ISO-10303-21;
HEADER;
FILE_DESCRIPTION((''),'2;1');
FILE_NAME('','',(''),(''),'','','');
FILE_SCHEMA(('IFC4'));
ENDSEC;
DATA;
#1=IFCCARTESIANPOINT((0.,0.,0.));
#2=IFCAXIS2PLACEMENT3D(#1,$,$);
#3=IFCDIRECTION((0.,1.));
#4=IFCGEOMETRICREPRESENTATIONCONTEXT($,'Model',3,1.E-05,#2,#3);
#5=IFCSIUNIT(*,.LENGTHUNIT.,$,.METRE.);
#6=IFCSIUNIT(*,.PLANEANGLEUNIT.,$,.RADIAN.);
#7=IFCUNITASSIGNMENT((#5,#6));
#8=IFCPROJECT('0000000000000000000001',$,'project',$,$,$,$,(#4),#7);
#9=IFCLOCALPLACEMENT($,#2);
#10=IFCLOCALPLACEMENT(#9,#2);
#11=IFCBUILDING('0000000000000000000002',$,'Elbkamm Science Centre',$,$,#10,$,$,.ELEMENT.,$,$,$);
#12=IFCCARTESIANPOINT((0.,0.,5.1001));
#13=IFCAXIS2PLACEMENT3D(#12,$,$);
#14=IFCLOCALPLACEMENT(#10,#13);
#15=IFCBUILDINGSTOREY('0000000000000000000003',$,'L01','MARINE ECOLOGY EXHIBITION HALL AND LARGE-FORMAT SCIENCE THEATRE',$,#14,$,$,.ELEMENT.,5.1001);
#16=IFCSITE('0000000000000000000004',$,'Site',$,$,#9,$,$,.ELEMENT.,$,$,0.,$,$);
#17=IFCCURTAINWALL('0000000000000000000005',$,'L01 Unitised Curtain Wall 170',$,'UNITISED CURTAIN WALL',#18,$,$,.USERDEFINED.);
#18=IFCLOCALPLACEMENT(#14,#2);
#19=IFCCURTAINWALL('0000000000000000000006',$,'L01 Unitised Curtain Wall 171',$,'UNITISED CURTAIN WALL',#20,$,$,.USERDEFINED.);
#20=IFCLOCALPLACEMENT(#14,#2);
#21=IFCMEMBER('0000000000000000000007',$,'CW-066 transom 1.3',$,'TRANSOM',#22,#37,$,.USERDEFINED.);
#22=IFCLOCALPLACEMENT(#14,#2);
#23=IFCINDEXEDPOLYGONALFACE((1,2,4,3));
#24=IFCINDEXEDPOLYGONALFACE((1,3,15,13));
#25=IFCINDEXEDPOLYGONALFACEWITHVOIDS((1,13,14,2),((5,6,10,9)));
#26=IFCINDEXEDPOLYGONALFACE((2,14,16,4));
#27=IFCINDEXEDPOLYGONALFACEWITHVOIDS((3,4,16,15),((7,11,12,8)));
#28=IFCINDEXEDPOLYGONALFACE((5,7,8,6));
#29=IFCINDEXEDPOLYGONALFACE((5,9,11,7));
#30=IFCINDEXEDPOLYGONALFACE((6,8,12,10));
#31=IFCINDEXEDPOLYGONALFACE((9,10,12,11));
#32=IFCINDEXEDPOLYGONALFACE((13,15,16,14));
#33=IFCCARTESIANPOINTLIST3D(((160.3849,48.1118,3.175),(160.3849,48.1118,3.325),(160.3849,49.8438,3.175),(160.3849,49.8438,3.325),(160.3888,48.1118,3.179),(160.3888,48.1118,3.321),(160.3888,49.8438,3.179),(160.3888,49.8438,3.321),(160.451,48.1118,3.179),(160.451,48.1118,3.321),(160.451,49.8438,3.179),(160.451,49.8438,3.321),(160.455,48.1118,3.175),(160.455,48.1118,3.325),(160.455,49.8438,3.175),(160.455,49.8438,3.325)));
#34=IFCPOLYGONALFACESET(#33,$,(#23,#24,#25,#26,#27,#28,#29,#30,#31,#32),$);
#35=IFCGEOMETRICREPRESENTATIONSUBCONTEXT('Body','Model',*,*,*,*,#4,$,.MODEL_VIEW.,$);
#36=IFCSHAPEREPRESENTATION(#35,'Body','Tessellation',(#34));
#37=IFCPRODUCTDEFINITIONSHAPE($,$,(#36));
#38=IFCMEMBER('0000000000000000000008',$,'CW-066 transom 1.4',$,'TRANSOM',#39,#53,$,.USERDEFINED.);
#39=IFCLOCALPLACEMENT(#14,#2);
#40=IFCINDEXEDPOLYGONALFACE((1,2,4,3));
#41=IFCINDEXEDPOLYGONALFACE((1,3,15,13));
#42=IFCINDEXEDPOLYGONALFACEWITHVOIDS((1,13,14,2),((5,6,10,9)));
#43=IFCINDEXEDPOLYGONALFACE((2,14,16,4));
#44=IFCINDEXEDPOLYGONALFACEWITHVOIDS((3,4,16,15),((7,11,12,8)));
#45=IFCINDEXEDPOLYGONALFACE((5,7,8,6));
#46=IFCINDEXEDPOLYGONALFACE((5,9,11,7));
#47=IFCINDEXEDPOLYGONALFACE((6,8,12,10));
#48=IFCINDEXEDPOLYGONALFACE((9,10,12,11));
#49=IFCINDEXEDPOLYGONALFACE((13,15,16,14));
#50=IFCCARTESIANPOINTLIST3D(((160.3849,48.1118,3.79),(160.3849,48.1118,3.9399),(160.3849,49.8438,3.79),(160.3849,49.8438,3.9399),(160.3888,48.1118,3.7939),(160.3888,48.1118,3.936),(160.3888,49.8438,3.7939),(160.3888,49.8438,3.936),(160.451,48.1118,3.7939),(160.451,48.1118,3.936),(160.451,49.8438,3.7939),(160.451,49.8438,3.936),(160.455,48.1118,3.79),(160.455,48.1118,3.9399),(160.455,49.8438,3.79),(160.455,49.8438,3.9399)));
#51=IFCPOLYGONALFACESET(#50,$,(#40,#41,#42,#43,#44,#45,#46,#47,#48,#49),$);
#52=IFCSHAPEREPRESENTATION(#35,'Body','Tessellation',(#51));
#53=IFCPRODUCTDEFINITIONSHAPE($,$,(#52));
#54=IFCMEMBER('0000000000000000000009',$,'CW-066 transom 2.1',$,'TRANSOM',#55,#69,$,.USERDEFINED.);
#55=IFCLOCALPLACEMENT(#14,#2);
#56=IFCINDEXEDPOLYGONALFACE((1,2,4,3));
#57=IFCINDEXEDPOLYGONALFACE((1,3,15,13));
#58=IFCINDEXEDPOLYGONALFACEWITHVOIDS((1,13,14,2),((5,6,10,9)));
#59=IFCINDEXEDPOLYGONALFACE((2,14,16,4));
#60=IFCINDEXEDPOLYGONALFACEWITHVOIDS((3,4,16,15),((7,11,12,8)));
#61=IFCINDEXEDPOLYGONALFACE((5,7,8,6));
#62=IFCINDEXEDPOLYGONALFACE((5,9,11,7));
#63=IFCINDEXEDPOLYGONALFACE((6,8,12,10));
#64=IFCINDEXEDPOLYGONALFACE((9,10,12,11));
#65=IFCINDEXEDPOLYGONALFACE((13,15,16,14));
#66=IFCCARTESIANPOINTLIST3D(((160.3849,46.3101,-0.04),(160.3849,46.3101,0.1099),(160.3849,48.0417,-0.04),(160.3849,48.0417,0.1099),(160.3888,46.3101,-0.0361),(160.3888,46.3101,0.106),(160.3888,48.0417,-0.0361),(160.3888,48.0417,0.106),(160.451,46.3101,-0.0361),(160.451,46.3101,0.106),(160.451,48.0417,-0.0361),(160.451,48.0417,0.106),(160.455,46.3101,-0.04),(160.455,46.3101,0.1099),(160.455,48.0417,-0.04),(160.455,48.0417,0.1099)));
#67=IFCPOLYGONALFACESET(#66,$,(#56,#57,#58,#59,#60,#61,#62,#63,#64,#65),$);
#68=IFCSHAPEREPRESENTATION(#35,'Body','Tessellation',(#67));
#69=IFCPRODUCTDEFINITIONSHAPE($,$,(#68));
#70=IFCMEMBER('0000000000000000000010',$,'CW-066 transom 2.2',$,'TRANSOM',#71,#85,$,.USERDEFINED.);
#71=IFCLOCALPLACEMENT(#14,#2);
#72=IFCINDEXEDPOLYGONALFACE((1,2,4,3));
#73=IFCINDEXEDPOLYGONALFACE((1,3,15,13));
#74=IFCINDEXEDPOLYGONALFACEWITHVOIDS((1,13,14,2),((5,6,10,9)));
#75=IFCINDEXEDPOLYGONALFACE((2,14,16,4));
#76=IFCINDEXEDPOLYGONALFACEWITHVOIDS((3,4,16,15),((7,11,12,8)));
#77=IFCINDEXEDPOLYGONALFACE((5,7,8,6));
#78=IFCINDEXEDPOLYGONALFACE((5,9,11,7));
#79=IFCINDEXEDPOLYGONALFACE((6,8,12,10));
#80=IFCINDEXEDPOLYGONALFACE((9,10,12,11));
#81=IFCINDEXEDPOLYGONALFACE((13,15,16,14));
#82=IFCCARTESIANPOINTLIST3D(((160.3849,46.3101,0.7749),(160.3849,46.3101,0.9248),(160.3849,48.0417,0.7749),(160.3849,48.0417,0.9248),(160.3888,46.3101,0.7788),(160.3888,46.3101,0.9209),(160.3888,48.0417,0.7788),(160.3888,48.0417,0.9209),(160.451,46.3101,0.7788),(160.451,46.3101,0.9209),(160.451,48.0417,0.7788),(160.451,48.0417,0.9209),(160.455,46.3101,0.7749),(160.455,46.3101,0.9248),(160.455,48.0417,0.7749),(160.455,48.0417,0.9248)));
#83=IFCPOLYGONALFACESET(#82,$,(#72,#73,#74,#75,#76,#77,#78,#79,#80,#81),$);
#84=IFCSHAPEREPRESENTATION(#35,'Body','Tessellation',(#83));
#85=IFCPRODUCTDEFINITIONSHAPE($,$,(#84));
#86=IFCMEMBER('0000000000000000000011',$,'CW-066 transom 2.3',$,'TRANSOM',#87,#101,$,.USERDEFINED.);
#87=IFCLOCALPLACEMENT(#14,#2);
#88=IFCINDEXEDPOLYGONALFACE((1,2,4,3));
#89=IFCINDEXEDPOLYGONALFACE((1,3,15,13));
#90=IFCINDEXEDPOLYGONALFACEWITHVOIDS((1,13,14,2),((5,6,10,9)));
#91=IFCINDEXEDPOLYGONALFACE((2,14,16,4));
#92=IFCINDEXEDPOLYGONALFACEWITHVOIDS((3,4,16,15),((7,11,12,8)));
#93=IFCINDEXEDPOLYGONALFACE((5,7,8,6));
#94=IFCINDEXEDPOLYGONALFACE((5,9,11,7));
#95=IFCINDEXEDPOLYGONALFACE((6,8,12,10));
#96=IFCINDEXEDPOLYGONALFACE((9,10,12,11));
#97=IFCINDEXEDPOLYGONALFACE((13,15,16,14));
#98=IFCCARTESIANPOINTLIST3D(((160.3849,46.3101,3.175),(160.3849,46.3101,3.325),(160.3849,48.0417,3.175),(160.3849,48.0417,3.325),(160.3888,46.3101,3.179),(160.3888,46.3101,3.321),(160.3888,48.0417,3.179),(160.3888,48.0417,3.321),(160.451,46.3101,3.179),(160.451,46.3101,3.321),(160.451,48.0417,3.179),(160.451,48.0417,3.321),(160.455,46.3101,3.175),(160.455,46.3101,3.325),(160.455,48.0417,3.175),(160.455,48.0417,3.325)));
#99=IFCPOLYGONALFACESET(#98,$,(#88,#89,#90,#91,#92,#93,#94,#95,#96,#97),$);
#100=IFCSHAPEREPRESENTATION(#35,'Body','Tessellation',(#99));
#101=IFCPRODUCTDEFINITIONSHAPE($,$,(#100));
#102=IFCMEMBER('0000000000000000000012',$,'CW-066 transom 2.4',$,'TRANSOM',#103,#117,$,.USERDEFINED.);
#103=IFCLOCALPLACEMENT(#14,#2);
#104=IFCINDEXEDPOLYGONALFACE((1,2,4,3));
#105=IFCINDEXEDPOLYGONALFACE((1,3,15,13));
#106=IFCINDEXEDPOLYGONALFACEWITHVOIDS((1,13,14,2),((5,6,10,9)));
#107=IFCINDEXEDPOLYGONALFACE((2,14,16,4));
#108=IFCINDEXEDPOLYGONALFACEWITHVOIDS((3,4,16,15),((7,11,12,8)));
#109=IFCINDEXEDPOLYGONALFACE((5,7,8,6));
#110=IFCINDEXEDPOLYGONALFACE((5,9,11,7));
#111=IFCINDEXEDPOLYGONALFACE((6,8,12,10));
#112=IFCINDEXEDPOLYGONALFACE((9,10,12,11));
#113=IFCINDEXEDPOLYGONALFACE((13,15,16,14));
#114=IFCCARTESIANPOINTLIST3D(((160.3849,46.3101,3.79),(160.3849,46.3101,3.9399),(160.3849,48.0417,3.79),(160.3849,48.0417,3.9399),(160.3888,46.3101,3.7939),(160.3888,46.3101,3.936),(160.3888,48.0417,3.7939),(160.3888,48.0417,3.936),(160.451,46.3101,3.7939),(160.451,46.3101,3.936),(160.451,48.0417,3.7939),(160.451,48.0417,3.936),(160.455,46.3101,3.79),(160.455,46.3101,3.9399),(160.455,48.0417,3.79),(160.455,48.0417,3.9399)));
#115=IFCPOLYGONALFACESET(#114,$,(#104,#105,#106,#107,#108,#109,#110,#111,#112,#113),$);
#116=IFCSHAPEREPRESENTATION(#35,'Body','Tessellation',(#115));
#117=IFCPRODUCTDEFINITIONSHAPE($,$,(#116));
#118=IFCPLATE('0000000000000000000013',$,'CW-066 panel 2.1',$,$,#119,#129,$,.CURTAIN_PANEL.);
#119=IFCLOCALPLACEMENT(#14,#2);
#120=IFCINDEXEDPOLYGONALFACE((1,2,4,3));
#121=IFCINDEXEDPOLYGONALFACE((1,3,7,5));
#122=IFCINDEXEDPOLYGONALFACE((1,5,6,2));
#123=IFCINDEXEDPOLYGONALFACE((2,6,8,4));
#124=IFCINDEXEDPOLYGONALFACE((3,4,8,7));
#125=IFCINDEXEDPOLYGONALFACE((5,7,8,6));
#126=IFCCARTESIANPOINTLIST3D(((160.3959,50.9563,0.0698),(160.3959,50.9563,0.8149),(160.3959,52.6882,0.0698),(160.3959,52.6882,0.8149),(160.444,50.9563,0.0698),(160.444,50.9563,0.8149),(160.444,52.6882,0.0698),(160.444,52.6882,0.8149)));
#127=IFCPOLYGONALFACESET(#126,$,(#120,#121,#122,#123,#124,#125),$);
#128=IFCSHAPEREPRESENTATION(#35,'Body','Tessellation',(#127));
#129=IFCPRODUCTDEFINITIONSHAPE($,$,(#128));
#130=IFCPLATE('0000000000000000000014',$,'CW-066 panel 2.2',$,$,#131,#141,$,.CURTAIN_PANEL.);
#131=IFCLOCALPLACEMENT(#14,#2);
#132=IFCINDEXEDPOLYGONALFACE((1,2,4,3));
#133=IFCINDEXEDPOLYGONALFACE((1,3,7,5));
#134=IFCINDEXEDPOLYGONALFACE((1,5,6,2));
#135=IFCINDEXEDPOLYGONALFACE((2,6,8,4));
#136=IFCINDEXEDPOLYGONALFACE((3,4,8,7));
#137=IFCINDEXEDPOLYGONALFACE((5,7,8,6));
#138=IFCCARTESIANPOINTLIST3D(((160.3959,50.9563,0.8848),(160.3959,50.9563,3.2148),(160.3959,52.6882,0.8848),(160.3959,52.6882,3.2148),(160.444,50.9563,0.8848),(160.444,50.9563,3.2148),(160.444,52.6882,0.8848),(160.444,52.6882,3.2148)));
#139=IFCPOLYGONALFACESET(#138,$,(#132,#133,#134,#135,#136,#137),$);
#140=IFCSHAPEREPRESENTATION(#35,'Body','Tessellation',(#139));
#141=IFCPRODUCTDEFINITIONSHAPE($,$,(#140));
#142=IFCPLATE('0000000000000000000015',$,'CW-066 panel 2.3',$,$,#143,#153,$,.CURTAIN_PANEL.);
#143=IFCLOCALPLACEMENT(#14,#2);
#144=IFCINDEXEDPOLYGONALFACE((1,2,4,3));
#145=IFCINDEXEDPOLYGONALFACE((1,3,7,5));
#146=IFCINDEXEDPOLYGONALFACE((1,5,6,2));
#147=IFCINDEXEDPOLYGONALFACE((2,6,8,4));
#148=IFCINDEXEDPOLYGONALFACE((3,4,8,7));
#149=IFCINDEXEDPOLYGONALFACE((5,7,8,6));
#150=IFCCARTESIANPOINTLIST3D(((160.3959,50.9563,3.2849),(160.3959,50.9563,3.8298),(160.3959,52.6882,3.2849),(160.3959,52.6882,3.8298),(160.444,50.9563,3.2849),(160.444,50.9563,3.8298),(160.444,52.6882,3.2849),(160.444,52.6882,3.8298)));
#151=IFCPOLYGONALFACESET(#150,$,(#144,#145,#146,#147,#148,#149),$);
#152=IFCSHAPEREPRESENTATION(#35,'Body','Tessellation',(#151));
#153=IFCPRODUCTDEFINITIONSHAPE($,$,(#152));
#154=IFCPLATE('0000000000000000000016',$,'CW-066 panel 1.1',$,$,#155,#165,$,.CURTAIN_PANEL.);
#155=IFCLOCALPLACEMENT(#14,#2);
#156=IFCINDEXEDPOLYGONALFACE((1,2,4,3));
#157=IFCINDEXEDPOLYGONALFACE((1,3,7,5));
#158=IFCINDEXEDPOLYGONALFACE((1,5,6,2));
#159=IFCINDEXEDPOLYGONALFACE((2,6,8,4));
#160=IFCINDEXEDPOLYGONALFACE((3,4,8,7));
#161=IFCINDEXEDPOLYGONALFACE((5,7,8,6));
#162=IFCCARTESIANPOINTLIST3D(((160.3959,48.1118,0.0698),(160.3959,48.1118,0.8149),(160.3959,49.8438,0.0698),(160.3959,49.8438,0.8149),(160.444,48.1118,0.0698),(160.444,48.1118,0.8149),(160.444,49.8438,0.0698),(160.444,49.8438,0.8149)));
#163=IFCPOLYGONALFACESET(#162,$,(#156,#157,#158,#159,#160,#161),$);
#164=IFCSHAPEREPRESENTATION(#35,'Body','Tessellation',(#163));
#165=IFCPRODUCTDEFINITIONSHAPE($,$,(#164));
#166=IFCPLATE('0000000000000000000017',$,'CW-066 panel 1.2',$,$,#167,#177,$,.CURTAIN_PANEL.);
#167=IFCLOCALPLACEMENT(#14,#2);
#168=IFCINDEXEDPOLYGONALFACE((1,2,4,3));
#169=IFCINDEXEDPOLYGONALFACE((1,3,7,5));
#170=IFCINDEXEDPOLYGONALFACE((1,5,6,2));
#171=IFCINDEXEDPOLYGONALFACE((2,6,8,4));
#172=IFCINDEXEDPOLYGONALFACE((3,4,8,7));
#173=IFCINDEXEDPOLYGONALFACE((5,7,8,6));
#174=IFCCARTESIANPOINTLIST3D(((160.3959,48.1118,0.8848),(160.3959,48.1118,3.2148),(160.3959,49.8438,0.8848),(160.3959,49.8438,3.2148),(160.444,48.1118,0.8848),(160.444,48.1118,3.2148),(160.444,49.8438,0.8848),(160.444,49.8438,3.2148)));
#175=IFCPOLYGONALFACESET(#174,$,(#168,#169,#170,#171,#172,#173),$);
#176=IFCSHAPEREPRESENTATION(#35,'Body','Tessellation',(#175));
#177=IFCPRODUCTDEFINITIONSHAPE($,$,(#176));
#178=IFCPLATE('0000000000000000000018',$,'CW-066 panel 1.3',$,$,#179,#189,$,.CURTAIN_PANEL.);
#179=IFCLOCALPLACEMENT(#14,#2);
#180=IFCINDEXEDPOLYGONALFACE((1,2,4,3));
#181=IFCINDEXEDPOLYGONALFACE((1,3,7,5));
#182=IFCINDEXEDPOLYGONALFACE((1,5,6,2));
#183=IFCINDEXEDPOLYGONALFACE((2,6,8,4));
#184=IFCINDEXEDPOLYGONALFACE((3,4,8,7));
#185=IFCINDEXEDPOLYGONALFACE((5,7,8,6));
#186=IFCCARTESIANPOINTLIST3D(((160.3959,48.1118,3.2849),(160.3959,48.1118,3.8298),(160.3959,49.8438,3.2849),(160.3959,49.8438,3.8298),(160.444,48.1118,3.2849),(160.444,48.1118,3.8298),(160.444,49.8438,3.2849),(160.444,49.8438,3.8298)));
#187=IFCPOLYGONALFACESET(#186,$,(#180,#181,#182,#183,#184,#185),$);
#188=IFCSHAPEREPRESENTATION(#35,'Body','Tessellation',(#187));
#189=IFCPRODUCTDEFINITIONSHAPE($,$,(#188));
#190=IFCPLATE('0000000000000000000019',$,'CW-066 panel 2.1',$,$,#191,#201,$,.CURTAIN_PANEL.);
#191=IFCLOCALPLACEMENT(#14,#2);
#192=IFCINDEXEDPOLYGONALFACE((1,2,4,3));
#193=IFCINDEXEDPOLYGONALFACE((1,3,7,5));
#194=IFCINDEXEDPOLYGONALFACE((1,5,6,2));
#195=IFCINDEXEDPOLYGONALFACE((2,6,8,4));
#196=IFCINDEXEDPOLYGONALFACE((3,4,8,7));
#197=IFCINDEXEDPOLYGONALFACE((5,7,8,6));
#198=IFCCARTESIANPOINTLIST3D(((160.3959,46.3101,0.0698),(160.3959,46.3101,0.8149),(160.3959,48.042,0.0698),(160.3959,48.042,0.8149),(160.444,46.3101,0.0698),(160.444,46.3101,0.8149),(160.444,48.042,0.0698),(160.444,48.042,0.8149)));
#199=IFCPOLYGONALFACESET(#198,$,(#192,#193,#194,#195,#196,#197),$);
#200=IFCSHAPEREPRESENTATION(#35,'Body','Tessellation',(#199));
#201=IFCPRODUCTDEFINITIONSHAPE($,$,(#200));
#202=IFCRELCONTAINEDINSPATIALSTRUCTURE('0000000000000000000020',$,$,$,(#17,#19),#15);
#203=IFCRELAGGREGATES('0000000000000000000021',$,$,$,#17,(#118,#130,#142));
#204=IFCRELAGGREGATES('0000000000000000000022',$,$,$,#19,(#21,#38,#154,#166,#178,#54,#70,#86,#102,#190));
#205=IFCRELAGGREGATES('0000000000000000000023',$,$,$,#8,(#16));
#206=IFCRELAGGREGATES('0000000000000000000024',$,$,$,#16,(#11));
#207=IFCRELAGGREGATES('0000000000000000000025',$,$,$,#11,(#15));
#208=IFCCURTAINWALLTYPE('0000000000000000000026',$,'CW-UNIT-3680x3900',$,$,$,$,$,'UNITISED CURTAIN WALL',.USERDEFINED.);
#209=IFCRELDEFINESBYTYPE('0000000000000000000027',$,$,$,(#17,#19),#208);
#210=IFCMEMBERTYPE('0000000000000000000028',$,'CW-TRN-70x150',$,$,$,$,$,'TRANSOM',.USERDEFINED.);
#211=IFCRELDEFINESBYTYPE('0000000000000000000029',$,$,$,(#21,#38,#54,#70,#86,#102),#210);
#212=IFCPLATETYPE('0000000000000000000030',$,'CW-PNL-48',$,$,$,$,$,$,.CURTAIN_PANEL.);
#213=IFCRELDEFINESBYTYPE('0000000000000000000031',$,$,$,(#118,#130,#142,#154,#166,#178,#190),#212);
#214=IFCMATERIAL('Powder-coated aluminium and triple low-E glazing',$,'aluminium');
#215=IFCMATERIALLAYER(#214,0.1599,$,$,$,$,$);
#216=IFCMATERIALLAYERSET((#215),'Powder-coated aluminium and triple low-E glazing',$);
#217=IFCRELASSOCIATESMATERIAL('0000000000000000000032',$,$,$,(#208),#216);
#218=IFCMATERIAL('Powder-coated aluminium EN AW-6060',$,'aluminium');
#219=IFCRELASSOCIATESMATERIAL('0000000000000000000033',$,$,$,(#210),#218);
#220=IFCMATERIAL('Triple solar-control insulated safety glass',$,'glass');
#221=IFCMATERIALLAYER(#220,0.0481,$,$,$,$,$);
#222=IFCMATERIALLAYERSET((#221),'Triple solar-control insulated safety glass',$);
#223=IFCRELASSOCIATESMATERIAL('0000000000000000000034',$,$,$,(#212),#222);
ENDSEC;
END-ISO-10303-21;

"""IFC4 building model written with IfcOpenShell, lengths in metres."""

from ifc_helpers import new_model, si_unit, direction, frame, origin, origin_2d, place, context, subcontext, project, spatial, rectangle, hollow_rectangle, extrude, material, layer, layer_set, material_profile, profile_set, type_object, element, aggregate, save


model = new_model("IFC4")

# Units and contexts
model_context = context("Model", 3, precision=1e-05, world=origin(), true_north=direction((0.0, 1.0)))
body_context = subcontext(model_context, "Body", "Model", "MODEL_VIEW")
ifc_project = project(units=[si_unit("LENGTHUNIT", "METRE"), si_unit("PLANEANGLEUNIT", "RADIAN")], contexts=[model_context])

# Site, building, storey
site_placement = place(None, origin())
site = spatial("IfcSite", under=ifc_project, at=site_placement, Name="Site", CompositionType="ELEMENT", RefElevation=0.0)
building_placement = place(site_placement, origin())
building = spatial("IfcBuilding", under=site, at=building_placement, Name="Elbkamm Science Centre", CompositionType="ELEMENT")
storey_placement = place(building_placement, frame((0.0, 0.0, 5.1001)))
storey = spatial("IfcBuildingStorey", under=building, at=storey_placement, Name="L01", Description="MARINE ECOLOGY EXHIBITION HALL AND LARGE-FORMAT SCIENCE THEATRE", CompositionType="ELEMENT", Elevation=5.1001)

# Curtain wall
ifc_material_1 = material(Name="Powder-coated aluminium and triple low-E glazing", Category="aluminium")
ifc_layer_1 = layer(ifc_material_1, 0.1599)
ifc_layer_set_1 = layer_set([ifc_layer_1], Name="Powder-coated aluminium and triple low-E glazing")
curtain_wall_type = type_object("IfcCurtainWallType", Name="CW-UNIT-3680x3900", ElementType="UNITISED CURTAIN WALL", PredefinedType="USERDEFINED", material=ifc_layer_set_1)
curtain_wall_1_placement = place(storey_placement, origin())
curtain_wall_1 = element("IfcCurtainWall", 1, at=curtain_wall_1_placement, inside=storey, type_object=curtain_wall_type, Name="L01 Unitised Curtain Wall 170", ObjectType="UNITISED CURTAIN WALL", PredefinedType="USERDEFINED")
ifc_material_2 = material(Name="Powder-coated aluminium EN AW-6060", Category="aluminium")

# Curtain wall
curtain_wall_2_placement = place(storey_placement, origin())
curtain_wall_2 = element("IfcCurtainWall", 2, at=curtain_wall_2_placement, inside=storey, type_object=curtain_wall_type, Name="L01 Unitised Curtain Wall 171", ObjectType="UNITISED CURTAIN WALL", PredefinedType="USERDEFINED")

# Members
ifc_material_profile_1 = material_profile(ifc_material_2, hollow_rectangle(XDim=0.0701, YDim=0.1499, WallThickness=0.0039, at=origin_2d()), Name="ALU T70x150")
ifc_profile_set_1 = profile_set([ifc_material_profile_1], Name="Powder-coated aluminium EN AW-6060")
member_type_1 = type_object("IfcMemberType", Name="CW-TRN-70x150", ElementType="TRANSOM", PredefinedType="USERDEFINED", material=ifc_profile_set_1)
member_1_placement = place(storey_placement, frame((160.4199, 49.8438, 3.25), z_axis=(0.0, -1.0, 0.0), x_axis=(1.0, 0.0, 0.0)))
member_1 = element("IfcMember", 3, at=member_1_placement, type_object=member_type_1, Name="CW-066 transom 1.3", ObjectType="TRANSOM", PredefinedType="USERDEFINED", context=body_context, shape_type="SweptSolid", body=[
    extrude(hollow_rectangle(XDim=0.0701, YDim=0.1499, WallThickness=0.0039, at=origin_2d()), origin(), (0.0, 0.0, 1.0), 1.7319),
])
member_2_placement = place(storey_placement, frame((160.4199, 49.8438, 3.865), z_axis=(0.0, -1.0, 0.0), x_axis=(1.0, 0.0, 0.0)))
member_2 = element("IfcMember", 4, at=member_2_placement, type_object=member_type_1, Name="CW-066 transom 1.4", ObjectType="TRANSOM", PredefinedType="USERDEFINED", context=body_context, shape_type="SweptSolid", body=[
    extrude(hollow_rectangle(XDim=0.0701, YDim=0.1499, WallThickness=0.0039, at=origin_2d()), origin(), (0.0, 0.0, 1.0), 1.7319),
])
member_3_placement = place(storey_placement, frame((160.4199, 48.0417, 0.0349), z_axis=(0.0, -1.0, 0.0), x_axis=(1.0, 0.0, 0.0)))
member_3 = element("IfcMember", 5, at=member_3_placement, type_object=member_type_1, Name="CW-066 transom 2.1", ObjectType="TRANSOM", PredefinedType="USERDEFINED", context=body_context, shape_type="SweptSolid", body=[
    extrude(hollow_rectangle(XDim=0.0701, YDim=0.1499, WallThickness=0.0039, at=origin_2d()), origin(), (0.0, 0.0, 1.0), 1.7317),
])
member_4_placement = place(storey_placement, frame((160.4199, 48.0417, 0.8499), z_axis=(0.0, -1.0, 0.0), x_axis=(1.0, 0.0, 0.0)))
member_4 = element("IfcMember", 6, at=member_4_placement, type_object=member_type_1, Name="CW-066 transom 2.2", ObjectType="TRANSOM", PredefinedType="USERDEFINED", context=body_context, shape_type="SweptSolid", body=[
    extrude(hollow_rectangle(XDim=0.0701, YDim=0.1499, WallThickness=0.0039, at=origin_2d()), origin(), (0.0, 0.0, 1.0), 1.7317),
])
member_5_placement = place(storey_placement, frame((160.4199, 48.0417, 3.25), z_axis=(0.0, -1.0, 0.0), x_axis=(1.0, 0.0, 0.0)))
member_5 = element("IfcMember", 7, at=member_5_placement, type_object=member_type_1, Name="CW-066 transom 2.3", ObjectType="TRANSOM", PredefinedType="USERDEFINED", context=body_context, shape_type="SweptSolid", body=[
    extrude(hollow_rectangle(XDim=0.0701, YDim=0.1499, WallThickness=0.0039, at=origin_2d()), origin(), (0.0, 0.0, 1.0), 1.7317),
])
member_6_placement = place(storey_placement, frame((160.4199, 48.0417, 3.865), z_axis=(0.0, -1.0, 0.0), x_axis=(1.0, 0.0, 0.0)))
member_6 = element("IfcMember", 8, at=member_6_placement, type_object=member_type_1, Name="CW-066 transom 2.4", ObjectType="TRANSOM", PredefinedType="USERDEFINED", context=body_context, shape_type="SweptSolid", body=[
    extrude(hollow_rectangle(XDim=0.0701, YDim=0.1499, WallThickness=0.0039, at=origin_2d()), origin(), (0.0, 0.0, 1.0), 1.7317),
])

# Plates
ifc_material_3 = material(Name="Triple solar-control insulated safety glass", Category="glass")
ifc_layer_2 = layer(ifc_material_3, 0.0481)
ifc_layer_set_2 = layer_set([ifc_layer_2], Name="Triple solar-control insulated safety glass")
plate_type = type_object("IfcPlateType", Name="CW-PNL-48", PredefinedType="CURTAIN_PANEL", material=ifc_layer_set_2)
plate_1_placement = place(storey_placement, frame((160.4199, 51.8223, 0.0698), z_axis=(0.0, 0.0, 1.0), x_axis=(0.0, -1.0, 0.0)))
plate_1 = element("IfcPlate", 9, at=plate_1_placement, type_object=plate_type, Name="CW-066 panel 2.1", PredefinedType="CURTAIN_PANEL", context=body_context, shape_type="SweptSolid", body=[
    extrude(rectangle(XDim=1.7319, YDim=0.0481, at=origin_2d()), origin(), (0.0, 0.0, 1.0), 0.7451),
])
plate_2_placement = place(storey_placement, frame((160.4199, 51.8223, 0.8848), z_axis=(0.0, 0.0, 1.0), x_axis=(0.0, -1.0, 0.0)))
plate_2 = element("IfcPlate", 10, at=plate_2_placement, type_object=plate_type, Name="CW-066 panel 2.2", PredefinedType="CURTAIN_PANEL", context=body_context, shape_type="SweptSolid", body=[
    extrude(rectangle(XDim=1.7319, YDim=0.0481, at=origin_2d()), origin(), (0.0, 0.0, 1.0), 2.3301),
])
plate_3_placement = place(storey_placement, frame((160.4199, 51.8223, 3.2849), z_axis=(0.0, 0.0, 1.0), x_axis=(0.0, -1.0, 0.0)))
plate_3 = element("IfcPlate", 11, at=plate_3_placement, type_object=plate_type, Name="CW-066 panel 2.3", PredefinedType="CURTAIN_PANEL", context=body_context, shape_type="SweptSolid", body=[
    extrude(rectangle(XDim=1.7319, YDim=0.0481, at=origin_2d()), origin(), (0.0, 0.0, 1.0), 0.5449),
])
aggregate(curtain_wall_1, [plate_1, plate_2, plate_3])
plate_4_placement = place(storey_placement, frame((160.4199, 48.9778, 0.0698), z_axis=(0.0, 0.0, 1.0), x_axis=(0.0, -1.0, 0.0)))
plate_4 = element("IfcPlate", 12, at=plate_4_placement, type_object=plate_type, Name="CW-066 panel 1.1", PredefinedType="CURTAIN_PANEL", context=body_context, shape_type="SweptSolid", body=[
    extrude(rectangle(XDim=1.7319, YDim=0.0481, at=origin_2d()), origin(), (0.0, 0.0, 1.0), 0.7451),
])
plate_5_placement = place(storey_placement, frame((160.4199, 48.9778, 0.8848), z_axis=(0.0, 0.0, 1.0), x_axis=(0.0, -1.0, 0.0)))
plate_5 = element("IfcPlate", 13, at=plate_5_placement, type_object=plate_type, Name="CW-066 panel 1.2", PredefinedType="CURTAIN_PANEL", context=body_context, shape_type="SweptSolid", body=[
    extrude(rectangle(XDim=1.7319, YDim=0.0481, at=origin_2d()), origin(), (0.0, 0.0, 1.0), 2.3301),
])
plate_6_placement = place(storey_placement, frame((160.4199, 48.9778, 3.2849), z_axis=(0.0, 0.0, 1.0), x_axis=(0.0, -1.0, 0.0)))
plate_6 = element("IfcPlate", 14, at=plate_6_placement, type_object=plate_type, Name="CW-066 panel 1.3", PredefinedType="CURTAIN_PANEL", context=body_context, shape_type="SweptSolid", body=[
    extrude(rectangle(XDim=1.7319, YDim=0.0481, at=origin_2d()), origin(), (0.0, 0.0, 1.0), 0.5449),
])
plate_7_placement = place(storey_placement, frame((160.4199, 47.176, 0.0698), z_axis=(0.0, 0.0, 1.0), x_axis=(0.0, -1.0, 0.0)))
plate_7 = element("IfcPlate", 15, at=plate_7_placement, type_object=plate_type, Name="CW-066 panel 2.1", PredefinedType="CURTAIN_PANEL", context=body_context, shape_type="SweptSolid", body=[
    extrude(rectangle(XDim=1.7319, YDim=0.0481, at=origin_2d()), origin(), (0.0, 0.0, 1.0), 0.7451),
])
aggregate(curtain_wall_2, [member_1, member_2, plate_4, plate_5, plate_6, member_3, member_4, member_5, member_6, plate_7])

save(model, "model.ifc")
